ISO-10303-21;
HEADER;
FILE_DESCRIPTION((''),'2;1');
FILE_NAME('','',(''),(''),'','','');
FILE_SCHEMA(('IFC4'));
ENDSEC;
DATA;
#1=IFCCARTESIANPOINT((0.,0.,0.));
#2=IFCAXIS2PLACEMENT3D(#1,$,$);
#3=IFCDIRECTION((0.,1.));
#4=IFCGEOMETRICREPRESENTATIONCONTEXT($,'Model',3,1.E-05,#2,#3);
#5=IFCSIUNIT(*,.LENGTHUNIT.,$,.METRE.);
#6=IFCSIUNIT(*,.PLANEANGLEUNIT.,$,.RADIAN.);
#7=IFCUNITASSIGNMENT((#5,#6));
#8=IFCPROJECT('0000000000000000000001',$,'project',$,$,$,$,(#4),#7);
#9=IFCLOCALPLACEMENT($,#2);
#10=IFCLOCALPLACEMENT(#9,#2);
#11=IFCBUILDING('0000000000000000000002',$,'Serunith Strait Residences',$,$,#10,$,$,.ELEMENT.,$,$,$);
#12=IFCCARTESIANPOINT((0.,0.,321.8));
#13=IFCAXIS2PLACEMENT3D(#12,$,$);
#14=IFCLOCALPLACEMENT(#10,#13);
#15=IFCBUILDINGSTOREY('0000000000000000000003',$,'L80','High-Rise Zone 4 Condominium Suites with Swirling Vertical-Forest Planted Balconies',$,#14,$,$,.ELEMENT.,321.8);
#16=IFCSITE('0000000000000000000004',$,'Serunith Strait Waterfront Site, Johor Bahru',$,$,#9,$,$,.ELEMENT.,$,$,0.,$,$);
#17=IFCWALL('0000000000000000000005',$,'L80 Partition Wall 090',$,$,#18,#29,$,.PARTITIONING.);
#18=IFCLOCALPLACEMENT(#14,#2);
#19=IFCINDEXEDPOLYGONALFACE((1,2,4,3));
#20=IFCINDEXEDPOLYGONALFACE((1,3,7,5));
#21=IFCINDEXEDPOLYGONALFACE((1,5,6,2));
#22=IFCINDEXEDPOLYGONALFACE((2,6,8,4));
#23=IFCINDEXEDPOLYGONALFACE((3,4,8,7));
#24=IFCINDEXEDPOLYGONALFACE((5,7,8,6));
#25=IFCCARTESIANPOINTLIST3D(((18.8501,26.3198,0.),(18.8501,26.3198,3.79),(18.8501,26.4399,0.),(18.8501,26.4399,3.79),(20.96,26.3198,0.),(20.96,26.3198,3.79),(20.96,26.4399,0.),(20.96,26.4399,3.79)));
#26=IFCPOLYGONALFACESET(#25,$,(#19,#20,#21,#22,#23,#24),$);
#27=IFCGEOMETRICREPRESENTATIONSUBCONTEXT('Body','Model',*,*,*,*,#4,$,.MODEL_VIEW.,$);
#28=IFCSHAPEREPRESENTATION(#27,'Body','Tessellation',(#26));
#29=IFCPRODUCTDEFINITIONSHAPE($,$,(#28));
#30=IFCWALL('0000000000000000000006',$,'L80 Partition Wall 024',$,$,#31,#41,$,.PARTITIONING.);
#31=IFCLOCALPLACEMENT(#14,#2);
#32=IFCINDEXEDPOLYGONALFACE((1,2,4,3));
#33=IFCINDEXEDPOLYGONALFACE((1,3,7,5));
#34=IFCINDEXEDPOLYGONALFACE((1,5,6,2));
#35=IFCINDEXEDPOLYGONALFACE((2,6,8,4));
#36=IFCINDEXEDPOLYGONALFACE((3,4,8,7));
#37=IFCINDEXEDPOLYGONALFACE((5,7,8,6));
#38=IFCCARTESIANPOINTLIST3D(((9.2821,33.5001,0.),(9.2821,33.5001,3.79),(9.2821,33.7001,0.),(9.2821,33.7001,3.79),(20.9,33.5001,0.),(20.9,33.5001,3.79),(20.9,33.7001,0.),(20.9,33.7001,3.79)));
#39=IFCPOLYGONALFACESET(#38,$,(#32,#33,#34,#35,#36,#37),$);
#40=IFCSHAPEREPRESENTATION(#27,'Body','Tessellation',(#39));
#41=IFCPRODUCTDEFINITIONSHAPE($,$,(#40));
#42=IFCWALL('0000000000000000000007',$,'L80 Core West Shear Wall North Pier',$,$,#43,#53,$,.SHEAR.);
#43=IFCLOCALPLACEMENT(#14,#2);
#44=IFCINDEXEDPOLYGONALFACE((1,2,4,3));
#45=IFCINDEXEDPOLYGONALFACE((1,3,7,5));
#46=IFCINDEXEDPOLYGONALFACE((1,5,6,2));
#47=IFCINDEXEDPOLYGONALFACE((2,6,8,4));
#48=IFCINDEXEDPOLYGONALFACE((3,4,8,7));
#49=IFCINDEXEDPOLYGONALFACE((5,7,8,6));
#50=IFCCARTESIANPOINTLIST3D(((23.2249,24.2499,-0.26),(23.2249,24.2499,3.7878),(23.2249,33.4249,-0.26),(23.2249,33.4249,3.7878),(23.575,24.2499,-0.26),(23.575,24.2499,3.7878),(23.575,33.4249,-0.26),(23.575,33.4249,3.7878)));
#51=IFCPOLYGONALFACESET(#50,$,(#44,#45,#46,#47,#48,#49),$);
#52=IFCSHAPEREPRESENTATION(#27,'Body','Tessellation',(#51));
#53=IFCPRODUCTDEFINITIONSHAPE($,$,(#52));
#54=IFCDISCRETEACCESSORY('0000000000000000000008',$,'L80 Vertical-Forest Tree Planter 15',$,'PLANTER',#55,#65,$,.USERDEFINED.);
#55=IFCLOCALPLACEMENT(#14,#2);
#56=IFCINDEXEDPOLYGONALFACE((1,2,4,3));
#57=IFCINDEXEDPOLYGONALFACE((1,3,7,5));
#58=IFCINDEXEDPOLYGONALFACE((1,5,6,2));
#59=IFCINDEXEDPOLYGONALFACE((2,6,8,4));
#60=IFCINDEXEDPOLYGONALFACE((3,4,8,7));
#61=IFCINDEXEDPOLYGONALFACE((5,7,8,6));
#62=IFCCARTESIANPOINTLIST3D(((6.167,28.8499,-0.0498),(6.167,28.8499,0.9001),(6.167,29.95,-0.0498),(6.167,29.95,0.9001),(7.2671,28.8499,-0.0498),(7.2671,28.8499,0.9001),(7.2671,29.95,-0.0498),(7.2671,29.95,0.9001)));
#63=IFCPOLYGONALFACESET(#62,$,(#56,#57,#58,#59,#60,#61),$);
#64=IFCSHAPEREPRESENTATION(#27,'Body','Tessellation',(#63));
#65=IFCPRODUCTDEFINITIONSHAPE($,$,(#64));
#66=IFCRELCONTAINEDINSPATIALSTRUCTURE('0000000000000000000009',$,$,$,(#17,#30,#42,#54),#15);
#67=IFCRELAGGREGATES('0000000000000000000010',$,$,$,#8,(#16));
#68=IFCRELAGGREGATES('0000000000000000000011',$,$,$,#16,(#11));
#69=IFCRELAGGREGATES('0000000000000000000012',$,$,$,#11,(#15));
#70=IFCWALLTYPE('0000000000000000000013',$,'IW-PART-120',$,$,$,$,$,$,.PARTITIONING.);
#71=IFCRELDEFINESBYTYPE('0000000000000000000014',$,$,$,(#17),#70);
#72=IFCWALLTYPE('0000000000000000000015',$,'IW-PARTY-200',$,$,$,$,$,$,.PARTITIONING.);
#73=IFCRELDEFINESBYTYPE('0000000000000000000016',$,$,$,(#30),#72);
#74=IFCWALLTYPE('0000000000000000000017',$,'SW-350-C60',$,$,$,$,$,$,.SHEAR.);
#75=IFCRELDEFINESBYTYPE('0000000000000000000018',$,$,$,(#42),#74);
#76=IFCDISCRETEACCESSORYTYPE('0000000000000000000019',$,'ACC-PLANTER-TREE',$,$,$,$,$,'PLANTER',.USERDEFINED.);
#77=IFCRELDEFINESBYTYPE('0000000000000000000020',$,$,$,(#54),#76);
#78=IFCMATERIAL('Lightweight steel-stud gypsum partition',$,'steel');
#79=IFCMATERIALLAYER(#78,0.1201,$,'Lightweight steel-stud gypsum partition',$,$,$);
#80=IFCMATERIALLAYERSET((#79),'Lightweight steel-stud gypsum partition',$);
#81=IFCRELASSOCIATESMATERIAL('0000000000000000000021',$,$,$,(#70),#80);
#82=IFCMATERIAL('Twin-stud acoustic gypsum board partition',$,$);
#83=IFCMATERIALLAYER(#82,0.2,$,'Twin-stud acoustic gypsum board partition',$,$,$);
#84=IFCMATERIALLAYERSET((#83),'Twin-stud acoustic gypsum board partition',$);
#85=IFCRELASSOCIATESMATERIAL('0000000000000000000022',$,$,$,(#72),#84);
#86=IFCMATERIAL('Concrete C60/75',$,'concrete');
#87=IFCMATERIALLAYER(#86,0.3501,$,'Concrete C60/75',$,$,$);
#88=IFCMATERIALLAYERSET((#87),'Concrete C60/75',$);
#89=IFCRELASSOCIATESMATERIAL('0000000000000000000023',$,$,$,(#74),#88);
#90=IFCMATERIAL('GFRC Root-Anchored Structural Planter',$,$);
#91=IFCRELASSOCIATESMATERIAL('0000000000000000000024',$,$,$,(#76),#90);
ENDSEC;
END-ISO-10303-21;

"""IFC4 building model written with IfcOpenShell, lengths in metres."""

from ifc_helpers import new_model, si_unit, direction, frame, frame_2d, origin, origin_2d, place, context, subcontext, project, spatial, rectangle, extrude, source, transform, mapped, material, layer, layer_set, type_object, element, save


model = new_model("IFC4")

# Units and contexts
model_context = context("Model", 3, precision=1e-05, world=origin(), true_north=direction((0.0, 1.0)))
body_context = subcontext(model_context, "Body", "Model", "MODEL_VIEW")
ifc_project = project(units=[si_unit("LENGTHUNIT", "METRE"), si_unit("PLANEANGLEUNIT", "RADIAN")], contexts=[model_context])

# Site, building, storey
site_placement = place(None, origin())
site = spatial("IfcSite", under=ifc_project, at=site_placement, Name="Serunith Strait Waterfront Site, Johor Bahru", CompositionType="ELEMENT", RefElevation=0.0)
building_placement = place(site_placement, origin())
building = spatial("IfcBuilding", under=site, at=building_placement, Name="Serunith Strait Residences", CompositionType="ELEMENT")
storey_placement = place(building_placement, frame((0.0, 0.0, 321.8)))
storey = spatial("IfcBuildingStorey", under=building, at=storey_placement, Name="L80", Description="High-Rise Zone 4 Condominium Suites with Swirling Vertical-Forest Planted Balconies", CompositionType="ELEMENT", Elevation=321.8)

# Shared definitions
ifc_material_1 = material(Name="Lightweight steel-stud gypsum partition", Category="steel")
ifc_layer_1 = layer(ifc_material_1, 0.1201, Name="Lightweight steel-stud gypsum partition")
ifc_layer_set_1 = layer_set([ifc_layer_1], Name="Lightweight steel-stud gypsum partition")
wall_type_1 = type_object("IfcWallType", Name="IW-PART-120", PredefinedType="PARTITIONING", material=ifc_layer_set_1)

# Walls
wall_1_placement = place(storey_placement, frame((18.8501, 26.3799, 0.0), z_axis=(0.0, 0.0, 1.0), x_axis=(1.0, 0.0, 0.0)))
element("IfcWall", 1, at=wall_1_placement, inside=storey, type_object=wall_type_1, Name="L80 Partition Wall 090", PredefinedType="PARTITIONING", context=body_context, shape_type="SweptSolid", body=[
    extrude(rectangle(XDim=2.1099, YDim=0.1201, at=frame_2d((1.0549, 0.0))), origin(), (0.0, 0.0, 1.0), 3.79),
])
ifc_material_2 = material(Name="Twin-stud acoustic gypsum board partition")
ifc_layer_2 = layer(ifc_material_2, 0.2, Name="Twin-stud acoustic gypsum board partition")
ifc_layer_set_2 = layer_set([ifc_layer_2], Name="Twin-stud acoustic gypsum board partition")
wall_type_2 = type_object("IfcWallType", Name="IW-PARTY-200", PredefinedType="PARTITIONING", material=ifc_layer_set_2)
wall_2_placement = place(storey_placement, frame((9.282, 33.6001, 0.0), z_axis=(0.0, 0.0, 1.0), x_axis=(1.0, 0.0, 0.0)))
element("IfcWall", 2, at=wall_2_placement, inside=storey, type_object=wall_type_2, Name="L80 Partition Wall 024", PredefinedType="PARTITIONING", context=body_context, shape_type="SweptSolid", body=[
    extrude(rectangle(XDim=11.6179, YDim=0.2, at=frame_2d((5.8091, 0.0))), origin(), (0.0, 0.0, 1.0), 3.79),
])

# Wall
ifc_material_3 = material(Name="Concrete C60/75", Category="concrete")
ifc_layer_3 = layer(ifc_material_3, 0.3501, Name="Concrete C60/75")
ifc_layer_set_3 = layer_set([ifc_layer_3], Name="Concrete C60/75")
wall_type_3 = type_object("IfcWallType", Name="SW-350-C60", PredefinedType="SHEAR", material=ifc_layer_set_3)
wall_3_placement = place(storey_placement, frame((23.3999, 24.25, -0.26), z_axis=(0.0, 0.0, 1.0), x_axis=(0.0, 1.0, 0.0)))
element("IfcWall", 3, at=wall_3_placement, inside=storey, type_object=wall_type_3, Name="L80 Core West Shear Wall North Pier", PredefinedType="SHEAR", context=body_context, shape_type="SweptSolid", body=[
    extrude(rectangle(XDim=9.175, YDim=0.3501, at=frame_2d((4.5874, 0.0))), origin(), (0.0, 0.0, 1.0), 4.0479),
])

# Discrete accessory
ifc_material_4 = material(Name="GFRC Root-Anchored Structural Planter")
discrete_accessory_type = type_object("IfcDiscreteAccessoryType", Name="ACC-PLANTER-TREE", ElementType="PLANTER", PredefinedType="USERDEFINED", material=ifc_material_4)
shared_shape_1 = source(origin(), body_context, "Body", "SweptSolid", [
    extrude(rectangle(XDim=1.1001, YDim=1.1001, at=origin_2d()), origin(), (0.0, 0.0, 1.0), 0.95),
])
discrete_accessory_placement = place(storey_placement, frame((6.717, 29.3999, -0.0498), z_axis=(0.0, 0.0, 1.0), x_axis=(0.0, -1.0, 0.0)))
element("IfcDiscreteAccessory", 4, at=discrete_accessory_placement, inside=storey, type_object=discrete_accessory_type, Name="L80 Vertical-Forest Tree Planter 15", ObjectType="PLANTER", PredefinedType="USERDEFINED", context=body_context, shape_type="MappedRepresentation", body=[
    mapped(shared_shape_1, transform((0.0, 0.0, 0.0), scale=1.0)),
])

save(model, "model.ifc")
